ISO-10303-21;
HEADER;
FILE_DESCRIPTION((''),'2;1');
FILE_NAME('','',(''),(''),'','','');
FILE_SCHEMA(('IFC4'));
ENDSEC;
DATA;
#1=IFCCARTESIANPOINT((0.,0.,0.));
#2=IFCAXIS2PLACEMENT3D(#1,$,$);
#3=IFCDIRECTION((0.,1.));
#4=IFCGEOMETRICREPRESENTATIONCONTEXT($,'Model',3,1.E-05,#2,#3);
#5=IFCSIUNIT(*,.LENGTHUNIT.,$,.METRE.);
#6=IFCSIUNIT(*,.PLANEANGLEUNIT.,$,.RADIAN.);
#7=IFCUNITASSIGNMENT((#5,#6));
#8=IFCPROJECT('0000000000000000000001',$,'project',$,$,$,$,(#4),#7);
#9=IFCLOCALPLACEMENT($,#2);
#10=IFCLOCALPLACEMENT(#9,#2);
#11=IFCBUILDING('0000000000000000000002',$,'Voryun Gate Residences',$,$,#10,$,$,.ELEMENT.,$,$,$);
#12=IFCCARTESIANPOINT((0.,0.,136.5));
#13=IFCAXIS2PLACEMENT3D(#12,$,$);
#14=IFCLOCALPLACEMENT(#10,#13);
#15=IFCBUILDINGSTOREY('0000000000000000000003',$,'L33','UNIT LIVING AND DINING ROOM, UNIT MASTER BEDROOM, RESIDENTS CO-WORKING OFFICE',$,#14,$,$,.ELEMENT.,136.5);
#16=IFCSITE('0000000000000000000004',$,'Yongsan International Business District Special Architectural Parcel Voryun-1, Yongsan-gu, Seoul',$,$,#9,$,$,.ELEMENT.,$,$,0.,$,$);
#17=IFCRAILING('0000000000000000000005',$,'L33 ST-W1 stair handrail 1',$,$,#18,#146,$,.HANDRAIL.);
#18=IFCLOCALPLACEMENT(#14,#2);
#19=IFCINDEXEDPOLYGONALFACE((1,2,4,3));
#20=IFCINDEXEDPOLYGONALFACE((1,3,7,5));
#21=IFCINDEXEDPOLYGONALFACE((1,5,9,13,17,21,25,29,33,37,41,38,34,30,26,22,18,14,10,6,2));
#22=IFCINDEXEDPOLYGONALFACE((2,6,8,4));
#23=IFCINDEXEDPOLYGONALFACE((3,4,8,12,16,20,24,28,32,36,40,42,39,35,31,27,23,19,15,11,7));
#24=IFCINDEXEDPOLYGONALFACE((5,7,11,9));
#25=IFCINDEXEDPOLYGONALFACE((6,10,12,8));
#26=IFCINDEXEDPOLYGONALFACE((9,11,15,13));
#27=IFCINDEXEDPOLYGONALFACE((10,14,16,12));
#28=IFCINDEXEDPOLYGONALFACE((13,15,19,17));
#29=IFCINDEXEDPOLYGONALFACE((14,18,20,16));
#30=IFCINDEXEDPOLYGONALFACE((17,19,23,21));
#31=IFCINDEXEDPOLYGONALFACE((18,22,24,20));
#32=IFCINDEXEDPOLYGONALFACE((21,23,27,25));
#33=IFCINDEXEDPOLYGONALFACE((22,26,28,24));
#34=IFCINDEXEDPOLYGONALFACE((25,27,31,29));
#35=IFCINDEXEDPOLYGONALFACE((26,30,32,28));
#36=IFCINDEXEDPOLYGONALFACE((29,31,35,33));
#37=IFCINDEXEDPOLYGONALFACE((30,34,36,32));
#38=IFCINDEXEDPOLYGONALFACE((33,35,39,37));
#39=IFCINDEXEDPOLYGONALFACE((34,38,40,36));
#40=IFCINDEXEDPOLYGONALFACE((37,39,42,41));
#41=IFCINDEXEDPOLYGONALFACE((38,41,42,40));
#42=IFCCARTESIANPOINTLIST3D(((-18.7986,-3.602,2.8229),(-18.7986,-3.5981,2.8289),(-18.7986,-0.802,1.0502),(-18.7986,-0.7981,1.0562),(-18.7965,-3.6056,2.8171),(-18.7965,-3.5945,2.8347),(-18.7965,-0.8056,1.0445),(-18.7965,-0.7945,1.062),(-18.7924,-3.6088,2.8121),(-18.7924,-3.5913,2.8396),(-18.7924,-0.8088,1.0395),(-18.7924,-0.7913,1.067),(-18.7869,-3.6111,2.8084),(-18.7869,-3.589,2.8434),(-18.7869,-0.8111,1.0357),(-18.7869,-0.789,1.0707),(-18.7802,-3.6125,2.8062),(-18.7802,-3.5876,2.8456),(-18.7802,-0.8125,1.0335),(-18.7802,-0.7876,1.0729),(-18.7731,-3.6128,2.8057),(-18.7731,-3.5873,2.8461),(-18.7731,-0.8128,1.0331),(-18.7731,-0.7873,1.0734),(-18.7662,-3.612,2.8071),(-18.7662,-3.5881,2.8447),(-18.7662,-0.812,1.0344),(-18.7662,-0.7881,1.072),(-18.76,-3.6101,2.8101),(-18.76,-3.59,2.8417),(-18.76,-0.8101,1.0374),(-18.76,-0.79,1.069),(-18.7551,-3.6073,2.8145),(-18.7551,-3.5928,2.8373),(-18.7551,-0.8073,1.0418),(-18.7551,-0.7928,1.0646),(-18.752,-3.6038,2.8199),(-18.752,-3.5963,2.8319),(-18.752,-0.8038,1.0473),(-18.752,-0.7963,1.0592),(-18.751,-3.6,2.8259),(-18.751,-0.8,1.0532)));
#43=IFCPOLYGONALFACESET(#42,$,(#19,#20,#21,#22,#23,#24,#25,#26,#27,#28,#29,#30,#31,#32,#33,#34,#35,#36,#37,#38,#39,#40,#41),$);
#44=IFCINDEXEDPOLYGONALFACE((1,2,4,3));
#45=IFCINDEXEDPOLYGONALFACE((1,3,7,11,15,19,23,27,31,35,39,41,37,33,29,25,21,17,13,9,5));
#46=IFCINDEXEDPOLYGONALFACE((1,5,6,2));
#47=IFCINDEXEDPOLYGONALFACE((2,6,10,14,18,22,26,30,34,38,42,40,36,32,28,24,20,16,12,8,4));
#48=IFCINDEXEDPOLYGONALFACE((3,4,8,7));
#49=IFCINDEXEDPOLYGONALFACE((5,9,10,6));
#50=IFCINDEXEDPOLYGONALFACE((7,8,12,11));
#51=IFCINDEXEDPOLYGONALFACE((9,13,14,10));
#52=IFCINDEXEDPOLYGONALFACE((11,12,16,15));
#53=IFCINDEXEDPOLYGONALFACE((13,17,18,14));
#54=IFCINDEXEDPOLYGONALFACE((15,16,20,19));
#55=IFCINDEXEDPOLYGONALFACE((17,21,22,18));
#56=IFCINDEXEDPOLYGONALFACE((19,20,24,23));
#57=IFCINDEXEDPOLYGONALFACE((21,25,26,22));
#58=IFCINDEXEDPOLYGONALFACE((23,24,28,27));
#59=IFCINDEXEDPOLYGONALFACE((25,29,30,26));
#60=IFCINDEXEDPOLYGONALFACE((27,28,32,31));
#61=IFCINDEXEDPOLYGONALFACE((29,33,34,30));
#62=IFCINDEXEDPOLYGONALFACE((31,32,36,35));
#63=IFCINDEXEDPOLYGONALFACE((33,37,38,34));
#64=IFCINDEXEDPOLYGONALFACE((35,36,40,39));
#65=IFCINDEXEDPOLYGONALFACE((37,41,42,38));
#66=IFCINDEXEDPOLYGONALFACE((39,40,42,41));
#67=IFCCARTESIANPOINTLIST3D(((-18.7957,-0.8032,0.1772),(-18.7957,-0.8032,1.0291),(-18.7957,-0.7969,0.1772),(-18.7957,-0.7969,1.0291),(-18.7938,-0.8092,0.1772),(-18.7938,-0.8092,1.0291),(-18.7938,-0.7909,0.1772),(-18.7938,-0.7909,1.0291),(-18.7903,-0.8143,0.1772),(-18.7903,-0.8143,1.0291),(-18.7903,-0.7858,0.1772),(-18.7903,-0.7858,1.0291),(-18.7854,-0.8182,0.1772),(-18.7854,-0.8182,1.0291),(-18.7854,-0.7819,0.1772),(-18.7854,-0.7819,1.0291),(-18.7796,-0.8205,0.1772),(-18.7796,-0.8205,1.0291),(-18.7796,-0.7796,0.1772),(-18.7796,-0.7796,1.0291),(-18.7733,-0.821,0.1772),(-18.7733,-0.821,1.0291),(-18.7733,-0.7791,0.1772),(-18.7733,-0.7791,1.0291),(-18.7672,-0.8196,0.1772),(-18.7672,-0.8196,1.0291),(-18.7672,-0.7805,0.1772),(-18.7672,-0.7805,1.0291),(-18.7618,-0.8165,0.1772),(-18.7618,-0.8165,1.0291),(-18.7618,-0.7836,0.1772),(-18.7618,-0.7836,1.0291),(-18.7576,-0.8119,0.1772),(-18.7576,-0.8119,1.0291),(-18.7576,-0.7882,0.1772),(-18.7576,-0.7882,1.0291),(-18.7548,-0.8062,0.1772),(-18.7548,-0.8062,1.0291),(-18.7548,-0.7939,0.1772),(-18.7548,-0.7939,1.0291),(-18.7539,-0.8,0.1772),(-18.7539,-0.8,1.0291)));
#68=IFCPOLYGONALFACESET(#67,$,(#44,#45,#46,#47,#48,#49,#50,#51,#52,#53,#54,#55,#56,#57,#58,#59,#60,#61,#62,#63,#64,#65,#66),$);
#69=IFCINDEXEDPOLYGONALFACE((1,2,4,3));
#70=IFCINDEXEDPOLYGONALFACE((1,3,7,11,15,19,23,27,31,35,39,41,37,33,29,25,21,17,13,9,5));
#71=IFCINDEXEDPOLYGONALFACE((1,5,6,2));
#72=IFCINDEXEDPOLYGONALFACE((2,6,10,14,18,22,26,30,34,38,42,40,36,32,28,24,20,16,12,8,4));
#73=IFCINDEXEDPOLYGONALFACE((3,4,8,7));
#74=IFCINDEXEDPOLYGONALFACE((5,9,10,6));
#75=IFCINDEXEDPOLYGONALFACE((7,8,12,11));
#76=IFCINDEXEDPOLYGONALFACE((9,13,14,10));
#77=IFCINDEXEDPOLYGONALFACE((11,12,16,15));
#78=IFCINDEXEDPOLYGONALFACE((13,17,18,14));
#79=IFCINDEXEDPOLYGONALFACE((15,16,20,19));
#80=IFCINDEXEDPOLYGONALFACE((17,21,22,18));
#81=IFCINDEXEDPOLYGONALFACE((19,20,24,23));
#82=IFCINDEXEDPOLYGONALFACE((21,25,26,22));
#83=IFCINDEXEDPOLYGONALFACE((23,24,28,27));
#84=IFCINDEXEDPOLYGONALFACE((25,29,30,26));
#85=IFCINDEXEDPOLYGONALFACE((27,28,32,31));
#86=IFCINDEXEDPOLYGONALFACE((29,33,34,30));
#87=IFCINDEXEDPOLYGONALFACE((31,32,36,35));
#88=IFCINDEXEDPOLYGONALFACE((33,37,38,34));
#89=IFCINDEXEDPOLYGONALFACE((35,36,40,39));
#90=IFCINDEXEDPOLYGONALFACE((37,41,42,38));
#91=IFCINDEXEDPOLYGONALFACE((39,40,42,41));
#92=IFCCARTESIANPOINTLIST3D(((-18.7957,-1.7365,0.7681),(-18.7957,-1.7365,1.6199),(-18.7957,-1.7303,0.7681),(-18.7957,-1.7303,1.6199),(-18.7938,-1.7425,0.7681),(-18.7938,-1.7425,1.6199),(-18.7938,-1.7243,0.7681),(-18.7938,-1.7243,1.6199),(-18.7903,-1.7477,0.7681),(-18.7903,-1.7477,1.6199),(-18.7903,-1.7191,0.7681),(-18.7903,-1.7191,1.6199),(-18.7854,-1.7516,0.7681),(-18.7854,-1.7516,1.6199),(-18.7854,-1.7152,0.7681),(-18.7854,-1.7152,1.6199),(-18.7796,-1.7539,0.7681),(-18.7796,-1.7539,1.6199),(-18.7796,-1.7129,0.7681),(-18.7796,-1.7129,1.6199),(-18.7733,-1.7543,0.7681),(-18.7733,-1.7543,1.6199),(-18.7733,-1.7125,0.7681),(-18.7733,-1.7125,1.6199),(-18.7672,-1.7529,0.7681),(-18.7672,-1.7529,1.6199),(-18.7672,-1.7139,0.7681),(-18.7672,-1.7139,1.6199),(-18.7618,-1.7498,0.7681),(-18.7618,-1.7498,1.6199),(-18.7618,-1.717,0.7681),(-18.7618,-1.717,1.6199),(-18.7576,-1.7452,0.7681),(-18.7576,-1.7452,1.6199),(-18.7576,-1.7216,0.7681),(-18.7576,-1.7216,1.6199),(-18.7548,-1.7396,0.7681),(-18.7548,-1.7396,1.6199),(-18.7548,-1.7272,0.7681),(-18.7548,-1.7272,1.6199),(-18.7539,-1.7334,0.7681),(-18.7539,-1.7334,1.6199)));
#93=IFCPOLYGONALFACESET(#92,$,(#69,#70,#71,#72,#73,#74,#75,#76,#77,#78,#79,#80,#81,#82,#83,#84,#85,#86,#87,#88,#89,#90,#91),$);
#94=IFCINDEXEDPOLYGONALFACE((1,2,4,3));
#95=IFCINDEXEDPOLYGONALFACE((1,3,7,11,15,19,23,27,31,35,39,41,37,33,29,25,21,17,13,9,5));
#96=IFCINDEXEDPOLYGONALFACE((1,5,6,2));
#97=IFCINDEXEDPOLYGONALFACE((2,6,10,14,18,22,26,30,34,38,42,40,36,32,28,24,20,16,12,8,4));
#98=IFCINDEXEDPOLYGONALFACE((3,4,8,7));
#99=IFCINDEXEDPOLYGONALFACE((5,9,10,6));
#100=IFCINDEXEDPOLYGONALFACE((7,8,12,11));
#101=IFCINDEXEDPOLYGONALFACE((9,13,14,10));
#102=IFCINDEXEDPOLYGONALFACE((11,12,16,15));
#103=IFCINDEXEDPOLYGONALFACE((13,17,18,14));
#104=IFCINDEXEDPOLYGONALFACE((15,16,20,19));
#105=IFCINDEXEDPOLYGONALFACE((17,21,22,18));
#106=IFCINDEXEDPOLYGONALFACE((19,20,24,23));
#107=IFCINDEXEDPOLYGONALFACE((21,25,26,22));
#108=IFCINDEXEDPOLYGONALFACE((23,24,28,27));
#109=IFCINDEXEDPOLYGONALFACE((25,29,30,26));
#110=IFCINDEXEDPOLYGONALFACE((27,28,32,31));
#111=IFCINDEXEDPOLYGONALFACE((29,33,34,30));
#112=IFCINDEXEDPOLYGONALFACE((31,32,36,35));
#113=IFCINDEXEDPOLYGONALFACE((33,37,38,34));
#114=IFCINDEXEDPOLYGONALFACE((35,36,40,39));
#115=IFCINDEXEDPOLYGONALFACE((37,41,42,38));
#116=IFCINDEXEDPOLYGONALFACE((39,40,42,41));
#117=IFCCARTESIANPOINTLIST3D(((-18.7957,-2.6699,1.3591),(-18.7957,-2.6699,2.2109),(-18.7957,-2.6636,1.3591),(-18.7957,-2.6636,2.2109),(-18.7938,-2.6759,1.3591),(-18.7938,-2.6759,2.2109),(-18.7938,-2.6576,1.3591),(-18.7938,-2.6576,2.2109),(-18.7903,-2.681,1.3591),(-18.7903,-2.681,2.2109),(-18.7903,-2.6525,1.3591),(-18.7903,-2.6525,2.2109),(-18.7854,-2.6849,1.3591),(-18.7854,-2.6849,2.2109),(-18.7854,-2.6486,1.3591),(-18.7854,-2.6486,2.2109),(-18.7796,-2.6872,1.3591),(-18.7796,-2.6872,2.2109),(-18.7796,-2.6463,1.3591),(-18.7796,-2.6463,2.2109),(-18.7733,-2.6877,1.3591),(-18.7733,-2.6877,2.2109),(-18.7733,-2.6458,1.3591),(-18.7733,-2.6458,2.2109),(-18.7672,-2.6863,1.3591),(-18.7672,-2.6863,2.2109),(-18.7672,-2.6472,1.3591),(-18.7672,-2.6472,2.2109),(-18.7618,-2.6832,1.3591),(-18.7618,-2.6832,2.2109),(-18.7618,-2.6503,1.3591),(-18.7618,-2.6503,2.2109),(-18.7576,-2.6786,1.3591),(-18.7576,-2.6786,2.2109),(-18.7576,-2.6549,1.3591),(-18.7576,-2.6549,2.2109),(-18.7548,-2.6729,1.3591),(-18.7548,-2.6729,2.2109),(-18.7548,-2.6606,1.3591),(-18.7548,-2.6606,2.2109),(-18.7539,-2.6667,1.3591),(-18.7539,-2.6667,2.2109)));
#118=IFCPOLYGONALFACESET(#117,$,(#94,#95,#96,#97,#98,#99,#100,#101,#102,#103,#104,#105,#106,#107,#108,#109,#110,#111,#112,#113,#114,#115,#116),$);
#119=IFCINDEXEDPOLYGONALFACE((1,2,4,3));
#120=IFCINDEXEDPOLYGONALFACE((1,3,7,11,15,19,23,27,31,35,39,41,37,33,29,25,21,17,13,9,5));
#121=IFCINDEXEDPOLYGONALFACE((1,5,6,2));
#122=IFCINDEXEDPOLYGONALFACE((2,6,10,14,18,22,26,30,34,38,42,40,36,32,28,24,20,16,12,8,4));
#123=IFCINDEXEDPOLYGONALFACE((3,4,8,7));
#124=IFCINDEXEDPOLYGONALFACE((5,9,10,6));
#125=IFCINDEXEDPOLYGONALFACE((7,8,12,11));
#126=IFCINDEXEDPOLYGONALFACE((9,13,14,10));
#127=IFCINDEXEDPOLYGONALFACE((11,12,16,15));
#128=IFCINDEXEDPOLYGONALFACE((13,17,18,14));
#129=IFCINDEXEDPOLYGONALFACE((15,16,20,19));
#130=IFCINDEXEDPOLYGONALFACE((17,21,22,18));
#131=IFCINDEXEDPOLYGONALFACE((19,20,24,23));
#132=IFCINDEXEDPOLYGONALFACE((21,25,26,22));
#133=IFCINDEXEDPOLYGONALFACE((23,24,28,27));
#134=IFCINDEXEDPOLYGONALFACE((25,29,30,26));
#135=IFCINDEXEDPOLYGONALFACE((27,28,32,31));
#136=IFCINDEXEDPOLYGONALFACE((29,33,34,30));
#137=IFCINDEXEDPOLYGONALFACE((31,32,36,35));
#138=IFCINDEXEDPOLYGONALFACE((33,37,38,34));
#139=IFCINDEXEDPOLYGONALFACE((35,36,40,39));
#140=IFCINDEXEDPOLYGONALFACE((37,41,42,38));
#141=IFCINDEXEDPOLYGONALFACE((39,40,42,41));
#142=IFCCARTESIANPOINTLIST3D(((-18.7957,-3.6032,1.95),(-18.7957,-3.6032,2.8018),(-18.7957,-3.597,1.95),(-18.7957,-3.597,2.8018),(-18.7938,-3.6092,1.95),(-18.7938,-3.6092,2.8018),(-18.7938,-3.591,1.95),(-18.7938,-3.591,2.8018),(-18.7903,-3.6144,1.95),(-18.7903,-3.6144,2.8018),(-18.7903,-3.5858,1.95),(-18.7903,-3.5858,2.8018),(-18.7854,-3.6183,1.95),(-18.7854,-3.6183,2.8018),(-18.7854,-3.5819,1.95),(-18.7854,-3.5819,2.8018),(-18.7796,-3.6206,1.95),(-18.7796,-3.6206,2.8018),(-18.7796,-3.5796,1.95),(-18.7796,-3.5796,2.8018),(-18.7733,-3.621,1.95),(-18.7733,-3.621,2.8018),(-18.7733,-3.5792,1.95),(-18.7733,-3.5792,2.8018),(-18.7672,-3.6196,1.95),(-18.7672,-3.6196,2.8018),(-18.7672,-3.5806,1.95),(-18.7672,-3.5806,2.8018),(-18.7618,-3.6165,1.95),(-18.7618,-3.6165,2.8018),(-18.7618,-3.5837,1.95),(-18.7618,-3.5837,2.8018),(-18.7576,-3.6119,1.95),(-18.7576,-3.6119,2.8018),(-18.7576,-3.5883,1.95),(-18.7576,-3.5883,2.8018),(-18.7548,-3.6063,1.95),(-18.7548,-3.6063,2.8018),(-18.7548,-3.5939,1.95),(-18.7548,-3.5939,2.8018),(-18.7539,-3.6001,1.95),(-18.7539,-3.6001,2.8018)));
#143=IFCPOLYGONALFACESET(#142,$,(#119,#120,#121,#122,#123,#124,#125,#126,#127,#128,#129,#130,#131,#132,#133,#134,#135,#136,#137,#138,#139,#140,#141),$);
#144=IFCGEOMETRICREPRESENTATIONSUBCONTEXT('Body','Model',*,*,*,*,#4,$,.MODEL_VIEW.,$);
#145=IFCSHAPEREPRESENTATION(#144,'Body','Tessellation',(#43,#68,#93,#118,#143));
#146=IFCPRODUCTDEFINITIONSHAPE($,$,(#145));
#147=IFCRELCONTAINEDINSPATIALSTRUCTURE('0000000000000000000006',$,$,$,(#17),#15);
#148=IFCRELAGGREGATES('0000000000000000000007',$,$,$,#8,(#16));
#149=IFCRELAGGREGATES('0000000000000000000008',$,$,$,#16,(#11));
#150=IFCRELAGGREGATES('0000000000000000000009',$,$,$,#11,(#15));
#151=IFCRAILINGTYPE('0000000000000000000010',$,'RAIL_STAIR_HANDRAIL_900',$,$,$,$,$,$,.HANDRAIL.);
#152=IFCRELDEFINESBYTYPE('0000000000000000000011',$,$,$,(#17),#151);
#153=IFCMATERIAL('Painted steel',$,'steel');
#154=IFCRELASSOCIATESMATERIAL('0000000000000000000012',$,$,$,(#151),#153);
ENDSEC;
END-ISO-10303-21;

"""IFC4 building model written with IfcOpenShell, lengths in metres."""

from ifc_helpers import new_model, si_unit, direction, frame, origin, origin_2d, place, context, subcontext, project, spatial, circle, extrude, material, type_object, element, save


model = new_model("IFC4")

# Units and contexts
model_context = context("Model", 3, precision=1e-05, world=origin(), true_north=direction((0.0, 1.0)))
body_context = subcontext(model_context, "Body", "Model", "MODEL_VIEW")
ifc_project = project(units=[si_unit("LENGTHUNIT", "METRE"), si_unit("PLANEANGLEUNIT", "RADIAN")], contexts=[model_context])

# Site, building, storey
site_placement = place(None, origin())
site = spatial("IfcSite", under=ifc_project, at=site_placement, Name="Yongsan International Business District Special Architectural Parcel Voryun-1, Yongsan-gu, Seoul", CompositionType="ELEMENT", RefElevation=0.0)
building_placement = place(site_placement, origin())
building = spatial("IfcBuilding", under=site, at=building_placement, Name="Voryun Gate Residences", CompositionType="ELEMENT")
storey_placement = place(building_placement, frame((0.0, 0.0, 136.5)))
storey = spatial("IfcBuildingStorey", under=building, at=storey_placement, Name="L33", Description="UNIT LIVING AND DINING ROOM, UNIT MASTER BEDROOM, RESIDENTS CO-WORKING OFFICE", CompositionType="ELEMENT", Elevation=136.5)

# Railing
ifc_material_1 = material(Name="Painted steel", Category="steel")
railing_type_1 = type_object("IfcRailingType", Name="RAIL_STAIR_HANDRAIL_900", PredefinedType="HANDRAIL", material=ifc_material_1)
railing_1_placement = place(storey_placement, frame((-18.7749, -0.8, 0.1772)))
element("IfcRailing", 1, at=railing_1_placement, inside=storey, type_object=railing_type_1, Name="L33 ST-W1 stair handrail 1", PredefinedType="HANDRAIL", context=body_context, shape_type="SweptSolid", body=[
    extrude(circle(Radius=0.0239, at=origin_2d()), frame((0.0, 0.0, 0.876), z_axis=(0.0, -0.844909, 0.53491), x_axis=(1.0, 0.0, 0.0)), (0.0, 0.0, 1.0), 3.314),
    extrude(circle(Radius=0.021, at=origin_2d()), origin(), (0.0, 0.0, 1.0), 0.8518),
    extrude(circle(Radius=0.021, at=origin_2d()), frame((0.0, -0.9333, 0.5908)), (0.0, 0.0, 1.0), 0.8518),
    extrude(circle(Radius=0.021, at=origin_2d()), frame((0.0, -1.8667, 1.1819)), (0.0, 0.0, 1.0), 0.8518),
    extrude(circle(Radius=0.021, at=origin_2d()), frame((0.0, -2.8, 1.7727)), (0.0, 0.0, 1.0), 0.8518),
])

save(model, "model.ifc")
